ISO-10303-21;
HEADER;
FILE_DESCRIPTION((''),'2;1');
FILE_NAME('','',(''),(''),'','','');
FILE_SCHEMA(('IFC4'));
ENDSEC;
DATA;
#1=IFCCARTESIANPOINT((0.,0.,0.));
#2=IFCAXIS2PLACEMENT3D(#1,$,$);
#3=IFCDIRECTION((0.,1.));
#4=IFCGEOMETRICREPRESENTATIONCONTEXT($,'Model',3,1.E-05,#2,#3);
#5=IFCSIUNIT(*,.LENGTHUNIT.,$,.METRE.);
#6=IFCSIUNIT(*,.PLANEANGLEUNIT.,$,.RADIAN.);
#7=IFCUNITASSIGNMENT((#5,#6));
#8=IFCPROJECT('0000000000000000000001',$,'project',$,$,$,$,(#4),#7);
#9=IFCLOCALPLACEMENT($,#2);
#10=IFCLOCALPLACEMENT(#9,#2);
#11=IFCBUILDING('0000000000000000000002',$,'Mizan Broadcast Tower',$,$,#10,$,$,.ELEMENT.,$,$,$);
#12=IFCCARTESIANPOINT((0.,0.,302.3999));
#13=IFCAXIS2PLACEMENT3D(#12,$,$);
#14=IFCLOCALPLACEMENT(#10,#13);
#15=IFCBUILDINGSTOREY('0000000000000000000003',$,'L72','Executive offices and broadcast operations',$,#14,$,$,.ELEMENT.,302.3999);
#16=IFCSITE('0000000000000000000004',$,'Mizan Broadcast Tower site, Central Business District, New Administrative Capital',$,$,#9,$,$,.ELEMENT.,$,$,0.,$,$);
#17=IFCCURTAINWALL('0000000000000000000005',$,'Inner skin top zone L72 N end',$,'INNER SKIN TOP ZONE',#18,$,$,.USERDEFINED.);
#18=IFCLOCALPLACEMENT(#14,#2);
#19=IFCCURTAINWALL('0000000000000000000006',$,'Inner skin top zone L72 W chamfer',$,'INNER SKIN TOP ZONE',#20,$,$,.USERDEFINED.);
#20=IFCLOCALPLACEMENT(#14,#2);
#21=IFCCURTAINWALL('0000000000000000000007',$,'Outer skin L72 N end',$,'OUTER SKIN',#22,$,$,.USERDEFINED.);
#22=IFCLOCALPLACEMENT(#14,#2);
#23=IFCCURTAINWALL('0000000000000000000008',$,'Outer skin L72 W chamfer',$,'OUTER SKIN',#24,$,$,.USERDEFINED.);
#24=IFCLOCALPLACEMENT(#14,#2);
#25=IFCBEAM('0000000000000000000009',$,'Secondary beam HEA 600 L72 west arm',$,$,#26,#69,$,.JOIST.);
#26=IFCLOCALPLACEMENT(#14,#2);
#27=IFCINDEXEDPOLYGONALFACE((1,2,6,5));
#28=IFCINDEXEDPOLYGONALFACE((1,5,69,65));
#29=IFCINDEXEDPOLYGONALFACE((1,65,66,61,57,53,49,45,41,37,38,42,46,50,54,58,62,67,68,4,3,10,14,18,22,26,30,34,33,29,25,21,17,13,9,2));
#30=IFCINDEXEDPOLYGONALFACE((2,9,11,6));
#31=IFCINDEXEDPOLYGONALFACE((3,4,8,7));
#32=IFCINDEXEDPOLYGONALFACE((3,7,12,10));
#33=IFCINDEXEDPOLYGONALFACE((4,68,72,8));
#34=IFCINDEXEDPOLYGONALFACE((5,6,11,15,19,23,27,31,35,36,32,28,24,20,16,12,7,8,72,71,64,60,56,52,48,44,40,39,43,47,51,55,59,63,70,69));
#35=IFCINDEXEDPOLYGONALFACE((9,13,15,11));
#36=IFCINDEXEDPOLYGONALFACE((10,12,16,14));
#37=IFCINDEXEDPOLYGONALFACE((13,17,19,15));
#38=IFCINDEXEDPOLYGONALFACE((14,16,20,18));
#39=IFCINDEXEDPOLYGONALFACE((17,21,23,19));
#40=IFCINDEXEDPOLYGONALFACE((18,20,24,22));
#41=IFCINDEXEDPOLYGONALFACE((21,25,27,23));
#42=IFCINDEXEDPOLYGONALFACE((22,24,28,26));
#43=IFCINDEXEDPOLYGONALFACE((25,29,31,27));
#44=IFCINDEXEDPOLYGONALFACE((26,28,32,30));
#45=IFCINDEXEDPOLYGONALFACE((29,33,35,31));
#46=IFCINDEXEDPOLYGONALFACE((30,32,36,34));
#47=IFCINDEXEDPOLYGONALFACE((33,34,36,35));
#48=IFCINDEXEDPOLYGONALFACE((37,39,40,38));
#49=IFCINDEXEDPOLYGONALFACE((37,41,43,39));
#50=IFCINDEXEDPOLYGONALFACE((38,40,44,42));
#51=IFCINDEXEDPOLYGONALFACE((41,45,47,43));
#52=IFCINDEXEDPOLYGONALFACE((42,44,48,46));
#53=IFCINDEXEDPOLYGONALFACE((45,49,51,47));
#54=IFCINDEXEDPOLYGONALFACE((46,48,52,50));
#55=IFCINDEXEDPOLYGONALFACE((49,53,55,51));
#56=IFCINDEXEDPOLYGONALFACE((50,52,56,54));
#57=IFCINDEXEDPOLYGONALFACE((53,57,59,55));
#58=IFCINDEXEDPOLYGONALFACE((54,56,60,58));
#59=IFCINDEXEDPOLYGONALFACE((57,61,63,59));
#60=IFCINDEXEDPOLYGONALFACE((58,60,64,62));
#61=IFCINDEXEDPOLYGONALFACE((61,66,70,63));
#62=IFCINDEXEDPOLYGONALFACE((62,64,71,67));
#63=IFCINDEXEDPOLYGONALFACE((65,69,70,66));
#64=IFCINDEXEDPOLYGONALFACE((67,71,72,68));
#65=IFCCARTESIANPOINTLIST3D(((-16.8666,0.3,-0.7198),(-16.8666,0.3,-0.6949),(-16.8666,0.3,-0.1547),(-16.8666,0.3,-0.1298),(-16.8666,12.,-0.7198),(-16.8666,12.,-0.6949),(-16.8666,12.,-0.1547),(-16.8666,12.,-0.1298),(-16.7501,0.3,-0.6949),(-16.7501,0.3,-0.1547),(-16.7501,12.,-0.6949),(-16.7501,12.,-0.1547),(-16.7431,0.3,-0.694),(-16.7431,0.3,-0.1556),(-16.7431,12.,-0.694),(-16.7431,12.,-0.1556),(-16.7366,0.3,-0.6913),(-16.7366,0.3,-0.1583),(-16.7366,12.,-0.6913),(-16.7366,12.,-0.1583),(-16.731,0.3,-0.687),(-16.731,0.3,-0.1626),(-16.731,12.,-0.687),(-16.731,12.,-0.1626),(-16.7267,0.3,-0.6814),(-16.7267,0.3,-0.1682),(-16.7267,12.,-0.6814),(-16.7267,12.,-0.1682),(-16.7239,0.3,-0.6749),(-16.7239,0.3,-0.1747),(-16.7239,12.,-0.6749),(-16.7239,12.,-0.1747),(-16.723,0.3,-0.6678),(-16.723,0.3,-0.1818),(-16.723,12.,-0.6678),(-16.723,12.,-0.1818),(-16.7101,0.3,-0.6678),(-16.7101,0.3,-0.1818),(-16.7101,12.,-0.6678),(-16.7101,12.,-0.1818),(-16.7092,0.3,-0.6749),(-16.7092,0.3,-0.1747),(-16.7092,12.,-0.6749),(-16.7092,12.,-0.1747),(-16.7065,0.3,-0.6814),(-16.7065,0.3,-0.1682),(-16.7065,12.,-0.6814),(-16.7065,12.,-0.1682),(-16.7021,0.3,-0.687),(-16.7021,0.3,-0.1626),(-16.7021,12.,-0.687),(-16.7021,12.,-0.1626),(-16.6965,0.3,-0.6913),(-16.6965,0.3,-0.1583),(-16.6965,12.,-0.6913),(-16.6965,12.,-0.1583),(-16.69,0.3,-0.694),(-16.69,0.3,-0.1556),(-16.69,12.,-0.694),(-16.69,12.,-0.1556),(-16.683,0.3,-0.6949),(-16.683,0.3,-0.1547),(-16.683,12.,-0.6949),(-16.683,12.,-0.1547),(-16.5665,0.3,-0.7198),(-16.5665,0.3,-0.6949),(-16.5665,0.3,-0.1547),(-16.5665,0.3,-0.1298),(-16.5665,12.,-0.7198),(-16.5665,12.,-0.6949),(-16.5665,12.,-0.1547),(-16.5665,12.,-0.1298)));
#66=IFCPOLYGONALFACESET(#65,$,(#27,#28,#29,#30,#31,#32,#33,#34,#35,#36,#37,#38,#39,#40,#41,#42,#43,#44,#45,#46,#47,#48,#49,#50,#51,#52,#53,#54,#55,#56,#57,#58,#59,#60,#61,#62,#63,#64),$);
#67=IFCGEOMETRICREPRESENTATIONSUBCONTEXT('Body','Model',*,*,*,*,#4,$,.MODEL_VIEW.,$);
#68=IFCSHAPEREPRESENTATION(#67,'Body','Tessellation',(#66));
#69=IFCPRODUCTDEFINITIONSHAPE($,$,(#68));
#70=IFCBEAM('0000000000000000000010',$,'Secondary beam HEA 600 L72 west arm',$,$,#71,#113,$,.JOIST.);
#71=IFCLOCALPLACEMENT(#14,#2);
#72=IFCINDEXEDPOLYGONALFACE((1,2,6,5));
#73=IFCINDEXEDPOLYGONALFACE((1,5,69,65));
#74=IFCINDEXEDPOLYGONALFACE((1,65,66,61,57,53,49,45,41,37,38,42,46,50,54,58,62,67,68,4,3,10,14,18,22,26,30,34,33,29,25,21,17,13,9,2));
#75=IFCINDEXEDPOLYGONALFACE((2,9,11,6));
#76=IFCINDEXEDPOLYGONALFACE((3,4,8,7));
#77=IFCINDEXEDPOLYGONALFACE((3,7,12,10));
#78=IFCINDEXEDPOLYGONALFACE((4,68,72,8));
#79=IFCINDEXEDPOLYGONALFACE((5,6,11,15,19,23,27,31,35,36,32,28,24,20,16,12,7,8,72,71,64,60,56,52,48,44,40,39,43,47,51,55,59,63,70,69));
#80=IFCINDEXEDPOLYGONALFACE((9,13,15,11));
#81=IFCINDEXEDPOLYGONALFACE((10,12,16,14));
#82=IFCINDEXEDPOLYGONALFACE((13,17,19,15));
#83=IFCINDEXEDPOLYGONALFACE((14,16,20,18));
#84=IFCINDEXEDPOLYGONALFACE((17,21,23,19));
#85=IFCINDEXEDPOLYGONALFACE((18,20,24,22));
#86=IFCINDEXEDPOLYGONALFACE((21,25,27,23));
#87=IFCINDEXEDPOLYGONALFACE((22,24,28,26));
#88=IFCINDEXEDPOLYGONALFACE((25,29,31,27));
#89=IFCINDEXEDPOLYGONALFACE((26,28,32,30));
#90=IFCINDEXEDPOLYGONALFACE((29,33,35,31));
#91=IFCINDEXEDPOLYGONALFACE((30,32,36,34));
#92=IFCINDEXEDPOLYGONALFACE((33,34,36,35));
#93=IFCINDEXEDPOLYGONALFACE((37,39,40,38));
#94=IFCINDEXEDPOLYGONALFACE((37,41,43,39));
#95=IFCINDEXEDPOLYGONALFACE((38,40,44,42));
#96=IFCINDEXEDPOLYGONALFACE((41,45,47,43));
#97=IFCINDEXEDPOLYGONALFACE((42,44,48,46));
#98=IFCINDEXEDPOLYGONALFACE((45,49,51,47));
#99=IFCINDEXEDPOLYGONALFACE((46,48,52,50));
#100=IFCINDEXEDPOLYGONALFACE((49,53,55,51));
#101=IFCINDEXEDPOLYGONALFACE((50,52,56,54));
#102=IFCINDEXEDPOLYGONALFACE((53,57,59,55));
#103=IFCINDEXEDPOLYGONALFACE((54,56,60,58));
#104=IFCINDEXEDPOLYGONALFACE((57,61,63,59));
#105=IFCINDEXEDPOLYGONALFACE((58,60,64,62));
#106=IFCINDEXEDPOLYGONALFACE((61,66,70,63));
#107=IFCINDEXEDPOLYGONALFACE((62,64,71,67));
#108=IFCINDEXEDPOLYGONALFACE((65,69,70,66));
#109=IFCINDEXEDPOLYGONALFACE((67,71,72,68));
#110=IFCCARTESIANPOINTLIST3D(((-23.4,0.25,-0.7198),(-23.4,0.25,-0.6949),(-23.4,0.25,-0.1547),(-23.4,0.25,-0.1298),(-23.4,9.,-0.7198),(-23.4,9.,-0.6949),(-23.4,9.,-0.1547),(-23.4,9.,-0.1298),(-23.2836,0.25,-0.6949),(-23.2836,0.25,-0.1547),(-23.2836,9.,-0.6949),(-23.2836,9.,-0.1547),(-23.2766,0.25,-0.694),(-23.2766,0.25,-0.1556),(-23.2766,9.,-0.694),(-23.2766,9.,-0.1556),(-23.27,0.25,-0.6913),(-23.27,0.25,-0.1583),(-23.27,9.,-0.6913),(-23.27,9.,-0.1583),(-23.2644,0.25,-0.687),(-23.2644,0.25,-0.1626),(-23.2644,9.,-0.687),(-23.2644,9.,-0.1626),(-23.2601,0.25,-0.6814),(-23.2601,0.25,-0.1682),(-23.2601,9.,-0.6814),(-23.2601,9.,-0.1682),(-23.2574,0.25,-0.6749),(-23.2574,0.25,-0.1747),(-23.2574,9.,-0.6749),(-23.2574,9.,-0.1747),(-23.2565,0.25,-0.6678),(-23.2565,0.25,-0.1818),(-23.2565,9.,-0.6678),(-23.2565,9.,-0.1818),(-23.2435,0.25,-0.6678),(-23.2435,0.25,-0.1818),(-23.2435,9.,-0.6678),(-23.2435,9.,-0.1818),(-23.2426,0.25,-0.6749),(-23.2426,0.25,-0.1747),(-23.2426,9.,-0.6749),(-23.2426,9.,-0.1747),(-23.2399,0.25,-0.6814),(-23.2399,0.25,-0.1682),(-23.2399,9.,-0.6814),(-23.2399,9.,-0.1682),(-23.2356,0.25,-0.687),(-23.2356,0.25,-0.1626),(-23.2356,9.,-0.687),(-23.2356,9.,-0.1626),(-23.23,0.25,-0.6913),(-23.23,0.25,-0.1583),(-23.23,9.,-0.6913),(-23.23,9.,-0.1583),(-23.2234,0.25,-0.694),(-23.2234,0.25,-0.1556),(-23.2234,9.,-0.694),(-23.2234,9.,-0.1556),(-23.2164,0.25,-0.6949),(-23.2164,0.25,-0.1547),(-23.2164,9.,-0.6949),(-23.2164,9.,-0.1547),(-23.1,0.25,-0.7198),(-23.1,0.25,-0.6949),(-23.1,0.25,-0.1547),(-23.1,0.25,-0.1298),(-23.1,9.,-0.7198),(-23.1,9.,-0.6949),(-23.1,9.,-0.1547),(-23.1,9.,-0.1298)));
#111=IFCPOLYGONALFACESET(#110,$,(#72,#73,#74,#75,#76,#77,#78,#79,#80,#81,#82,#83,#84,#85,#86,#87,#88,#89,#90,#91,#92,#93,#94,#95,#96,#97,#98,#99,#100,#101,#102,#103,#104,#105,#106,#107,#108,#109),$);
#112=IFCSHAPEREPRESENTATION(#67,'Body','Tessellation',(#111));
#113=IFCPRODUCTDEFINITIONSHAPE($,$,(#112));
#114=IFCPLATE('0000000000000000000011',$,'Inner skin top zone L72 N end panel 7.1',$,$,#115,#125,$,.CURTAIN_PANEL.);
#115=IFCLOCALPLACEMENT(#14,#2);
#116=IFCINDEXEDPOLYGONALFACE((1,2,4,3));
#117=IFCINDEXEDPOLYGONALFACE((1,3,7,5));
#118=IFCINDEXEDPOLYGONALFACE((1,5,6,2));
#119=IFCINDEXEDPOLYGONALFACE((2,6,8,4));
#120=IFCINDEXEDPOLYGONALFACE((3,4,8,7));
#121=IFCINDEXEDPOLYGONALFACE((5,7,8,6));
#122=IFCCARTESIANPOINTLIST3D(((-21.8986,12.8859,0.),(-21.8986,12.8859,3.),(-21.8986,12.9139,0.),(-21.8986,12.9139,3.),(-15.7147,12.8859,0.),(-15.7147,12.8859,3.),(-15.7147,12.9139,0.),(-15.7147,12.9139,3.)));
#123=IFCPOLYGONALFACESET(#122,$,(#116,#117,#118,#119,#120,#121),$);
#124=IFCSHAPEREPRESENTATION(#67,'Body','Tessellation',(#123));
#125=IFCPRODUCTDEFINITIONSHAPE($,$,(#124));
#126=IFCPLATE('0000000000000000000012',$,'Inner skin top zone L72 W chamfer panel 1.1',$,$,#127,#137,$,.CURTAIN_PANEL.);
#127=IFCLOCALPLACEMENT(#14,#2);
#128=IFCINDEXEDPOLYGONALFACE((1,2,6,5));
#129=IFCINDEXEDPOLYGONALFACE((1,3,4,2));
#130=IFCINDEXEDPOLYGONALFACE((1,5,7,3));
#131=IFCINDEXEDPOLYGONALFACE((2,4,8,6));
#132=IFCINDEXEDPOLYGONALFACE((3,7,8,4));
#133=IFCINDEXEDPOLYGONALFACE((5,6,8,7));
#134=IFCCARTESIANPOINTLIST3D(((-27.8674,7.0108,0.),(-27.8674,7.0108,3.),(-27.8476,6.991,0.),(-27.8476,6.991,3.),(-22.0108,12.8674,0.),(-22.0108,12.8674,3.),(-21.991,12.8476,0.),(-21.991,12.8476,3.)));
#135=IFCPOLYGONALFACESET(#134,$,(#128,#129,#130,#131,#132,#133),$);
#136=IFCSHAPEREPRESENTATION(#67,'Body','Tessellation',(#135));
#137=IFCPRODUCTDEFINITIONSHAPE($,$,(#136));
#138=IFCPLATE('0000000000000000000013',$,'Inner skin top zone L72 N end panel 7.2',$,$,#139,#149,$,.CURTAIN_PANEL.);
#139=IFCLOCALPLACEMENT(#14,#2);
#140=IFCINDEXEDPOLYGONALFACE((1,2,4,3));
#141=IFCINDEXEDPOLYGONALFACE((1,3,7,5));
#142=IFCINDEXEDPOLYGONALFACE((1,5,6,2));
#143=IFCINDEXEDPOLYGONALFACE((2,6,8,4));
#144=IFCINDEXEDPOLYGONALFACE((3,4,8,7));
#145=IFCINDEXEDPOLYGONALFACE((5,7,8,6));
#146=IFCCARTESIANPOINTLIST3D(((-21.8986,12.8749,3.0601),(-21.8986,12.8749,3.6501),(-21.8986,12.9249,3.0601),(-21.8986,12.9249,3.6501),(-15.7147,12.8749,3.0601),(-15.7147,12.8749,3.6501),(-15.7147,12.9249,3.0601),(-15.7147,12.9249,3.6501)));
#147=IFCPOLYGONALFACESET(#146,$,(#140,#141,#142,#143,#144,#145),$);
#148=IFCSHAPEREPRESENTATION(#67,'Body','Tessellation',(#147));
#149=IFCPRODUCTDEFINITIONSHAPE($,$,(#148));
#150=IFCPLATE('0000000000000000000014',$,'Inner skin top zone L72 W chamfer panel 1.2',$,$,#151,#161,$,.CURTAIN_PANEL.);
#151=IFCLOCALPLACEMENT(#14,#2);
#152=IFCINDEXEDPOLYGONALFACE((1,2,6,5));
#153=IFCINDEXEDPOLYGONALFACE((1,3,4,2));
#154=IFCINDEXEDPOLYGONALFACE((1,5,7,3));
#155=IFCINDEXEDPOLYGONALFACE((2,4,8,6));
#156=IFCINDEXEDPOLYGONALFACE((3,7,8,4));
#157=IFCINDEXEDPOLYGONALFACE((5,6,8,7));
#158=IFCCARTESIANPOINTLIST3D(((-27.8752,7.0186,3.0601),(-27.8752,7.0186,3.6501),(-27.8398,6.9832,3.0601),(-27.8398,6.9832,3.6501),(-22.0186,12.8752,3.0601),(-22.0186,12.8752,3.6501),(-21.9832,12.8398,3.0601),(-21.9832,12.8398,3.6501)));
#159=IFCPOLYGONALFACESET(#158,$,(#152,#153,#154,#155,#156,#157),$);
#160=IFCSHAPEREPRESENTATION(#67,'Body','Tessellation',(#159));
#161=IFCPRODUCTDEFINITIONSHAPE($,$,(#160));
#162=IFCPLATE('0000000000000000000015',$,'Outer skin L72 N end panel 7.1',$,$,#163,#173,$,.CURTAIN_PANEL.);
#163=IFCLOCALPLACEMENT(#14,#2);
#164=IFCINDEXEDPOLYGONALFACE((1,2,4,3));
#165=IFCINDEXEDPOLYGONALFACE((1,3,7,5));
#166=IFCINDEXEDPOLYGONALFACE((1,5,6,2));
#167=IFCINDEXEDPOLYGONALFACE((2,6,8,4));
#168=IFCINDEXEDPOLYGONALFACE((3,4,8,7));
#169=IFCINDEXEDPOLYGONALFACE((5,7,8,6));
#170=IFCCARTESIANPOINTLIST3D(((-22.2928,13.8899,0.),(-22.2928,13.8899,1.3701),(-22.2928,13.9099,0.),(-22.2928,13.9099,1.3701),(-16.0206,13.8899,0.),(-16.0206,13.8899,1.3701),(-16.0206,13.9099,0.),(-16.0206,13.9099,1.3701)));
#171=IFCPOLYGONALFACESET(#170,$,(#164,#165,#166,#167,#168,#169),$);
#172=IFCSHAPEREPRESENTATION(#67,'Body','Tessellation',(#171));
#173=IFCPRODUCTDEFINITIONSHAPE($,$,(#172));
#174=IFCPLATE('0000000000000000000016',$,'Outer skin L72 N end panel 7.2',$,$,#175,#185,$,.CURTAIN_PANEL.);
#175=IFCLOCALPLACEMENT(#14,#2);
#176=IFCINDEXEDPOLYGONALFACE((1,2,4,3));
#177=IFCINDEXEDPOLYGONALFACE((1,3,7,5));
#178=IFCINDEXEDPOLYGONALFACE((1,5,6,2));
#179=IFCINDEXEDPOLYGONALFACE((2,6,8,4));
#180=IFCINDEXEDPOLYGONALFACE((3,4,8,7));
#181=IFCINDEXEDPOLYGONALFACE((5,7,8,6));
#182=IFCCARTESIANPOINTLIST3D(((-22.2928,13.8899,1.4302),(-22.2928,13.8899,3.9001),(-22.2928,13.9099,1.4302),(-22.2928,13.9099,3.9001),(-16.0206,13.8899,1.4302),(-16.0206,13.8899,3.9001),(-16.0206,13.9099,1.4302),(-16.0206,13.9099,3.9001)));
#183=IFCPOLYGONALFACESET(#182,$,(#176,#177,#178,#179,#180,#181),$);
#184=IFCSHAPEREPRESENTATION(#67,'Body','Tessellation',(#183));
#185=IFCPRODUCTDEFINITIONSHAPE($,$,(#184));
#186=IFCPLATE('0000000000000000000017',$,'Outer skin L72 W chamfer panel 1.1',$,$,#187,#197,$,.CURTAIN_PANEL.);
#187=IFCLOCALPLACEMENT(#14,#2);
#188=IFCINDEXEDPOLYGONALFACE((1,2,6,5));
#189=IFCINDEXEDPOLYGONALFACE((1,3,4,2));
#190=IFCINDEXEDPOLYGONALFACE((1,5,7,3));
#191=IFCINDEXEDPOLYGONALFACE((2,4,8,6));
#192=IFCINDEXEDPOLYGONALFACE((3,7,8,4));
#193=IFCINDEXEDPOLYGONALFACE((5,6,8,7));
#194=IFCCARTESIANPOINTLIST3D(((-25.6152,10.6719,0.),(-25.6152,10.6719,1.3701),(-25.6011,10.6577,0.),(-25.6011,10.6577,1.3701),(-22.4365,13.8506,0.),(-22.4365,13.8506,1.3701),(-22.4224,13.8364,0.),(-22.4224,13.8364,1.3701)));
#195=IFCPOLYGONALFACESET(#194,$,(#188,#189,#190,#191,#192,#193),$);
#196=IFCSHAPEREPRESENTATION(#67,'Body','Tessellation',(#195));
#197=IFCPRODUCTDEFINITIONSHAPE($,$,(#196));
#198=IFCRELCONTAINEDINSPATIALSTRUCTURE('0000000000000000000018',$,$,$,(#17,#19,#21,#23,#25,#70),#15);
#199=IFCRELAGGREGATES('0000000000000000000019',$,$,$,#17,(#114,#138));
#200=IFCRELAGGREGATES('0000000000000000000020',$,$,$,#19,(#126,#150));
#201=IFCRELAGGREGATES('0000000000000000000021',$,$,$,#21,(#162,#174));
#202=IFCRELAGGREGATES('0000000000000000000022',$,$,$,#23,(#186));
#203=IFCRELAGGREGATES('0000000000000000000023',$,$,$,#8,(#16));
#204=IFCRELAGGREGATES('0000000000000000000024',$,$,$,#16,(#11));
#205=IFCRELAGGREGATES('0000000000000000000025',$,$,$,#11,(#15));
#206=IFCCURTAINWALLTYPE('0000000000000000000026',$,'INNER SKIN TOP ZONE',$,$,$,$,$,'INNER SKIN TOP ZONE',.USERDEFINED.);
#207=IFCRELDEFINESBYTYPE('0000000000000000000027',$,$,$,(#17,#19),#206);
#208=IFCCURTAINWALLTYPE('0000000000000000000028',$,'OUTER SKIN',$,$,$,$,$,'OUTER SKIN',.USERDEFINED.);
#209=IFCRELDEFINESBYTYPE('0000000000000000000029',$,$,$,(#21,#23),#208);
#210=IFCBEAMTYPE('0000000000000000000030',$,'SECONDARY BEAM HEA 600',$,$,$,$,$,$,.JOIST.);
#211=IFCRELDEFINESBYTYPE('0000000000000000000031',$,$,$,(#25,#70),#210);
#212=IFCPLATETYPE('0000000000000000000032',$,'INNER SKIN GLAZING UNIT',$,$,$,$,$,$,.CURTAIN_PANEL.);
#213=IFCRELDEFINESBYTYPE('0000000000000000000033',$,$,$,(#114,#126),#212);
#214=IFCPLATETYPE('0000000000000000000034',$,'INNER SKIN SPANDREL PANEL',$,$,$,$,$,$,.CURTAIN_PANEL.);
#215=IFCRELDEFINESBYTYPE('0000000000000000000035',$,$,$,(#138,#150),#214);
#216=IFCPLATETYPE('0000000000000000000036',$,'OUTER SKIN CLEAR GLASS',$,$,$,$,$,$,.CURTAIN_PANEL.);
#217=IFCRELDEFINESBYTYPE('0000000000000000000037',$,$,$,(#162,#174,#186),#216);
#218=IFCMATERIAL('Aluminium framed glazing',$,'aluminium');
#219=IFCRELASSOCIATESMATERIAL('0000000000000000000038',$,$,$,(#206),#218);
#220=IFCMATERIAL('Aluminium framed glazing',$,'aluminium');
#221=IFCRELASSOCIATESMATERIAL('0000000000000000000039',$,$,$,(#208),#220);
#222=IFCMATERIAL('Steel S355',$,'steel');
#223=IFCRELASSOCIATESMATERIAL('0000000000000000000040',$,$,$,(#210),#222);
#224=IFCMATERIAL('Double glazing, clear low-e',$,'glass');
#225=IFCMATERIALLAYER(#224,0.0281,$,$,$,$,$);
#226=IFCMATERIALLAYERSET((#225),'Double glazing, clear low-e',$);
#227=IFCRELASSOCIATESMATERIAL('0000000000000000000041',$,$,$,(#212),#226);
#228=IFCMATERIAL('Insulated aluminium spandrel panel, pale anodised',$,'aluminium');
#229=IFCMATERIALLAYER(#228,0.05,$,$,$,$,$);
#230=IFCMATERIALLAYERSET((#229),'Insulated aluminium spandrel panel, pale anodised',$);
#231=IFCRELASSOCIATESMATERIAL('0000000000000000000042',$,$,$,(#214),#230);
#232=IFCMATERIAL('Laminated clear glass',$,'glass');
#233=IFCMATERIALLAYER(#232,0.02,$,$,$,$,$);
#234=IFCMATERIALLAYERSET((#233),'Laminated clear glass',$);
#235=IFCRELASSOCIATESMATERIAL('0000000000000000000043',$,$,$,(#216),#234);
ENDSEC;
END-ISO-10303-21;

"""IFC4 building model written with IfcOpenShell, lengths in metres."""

from ifc_helpers import new_model, si_unit, direction, frame, origin, origin_2d, place, context, subcontext, project, spatial, rectangle, i_section, extrude, material, layer, layer_set, material_profile, profile_set, type_object, element, aggregate, save


model = new_model("IFC4")

# Units and contexts
model_context = context("Model", 3, precision=1e-05, world=origin(), true_north=direction((0.0, 1.0)))
body_context = subcontext(model_context, "Body", "Model", "MODEL_VIEW")
ifc_project = project(units=[si_unit("LENGTHUNIT", "METRE"), si_unit("PLANEANGLEUNIT", "RADIAN")], contexts=[model_context])

# Site, building, storey
site_placement = place(None, origin())
site = spatial("IfcSite", under=ifc_project, at=site_placement, Name="Mizan Broadcast Tower site, Central Business District, New Administrative Capital", CompositionType="ELEMENT", RefElevation=0.0)
building_placement = place(site_placement, origin())
building = spatial("IfcBuilding", under=site, at=building_placement, Name="Mizan Broadcast Tower", CompositionType="ELEMENT")
storey_placement = place(building_placement, frame((0.0, 0.0, 302.3999)))
storey = spatial("IfcBuildingStorey", under=building, at=storey_placement, Name="L72", Description="Executive offices and broadcast operations", CompositionType="ELEMENT", Elevation=302.3999)

# Curtain walls
ifc_material_1 = material(Name="Aluminium framed glazing", Category="aluminium")
curtain_wall_type_1 = type_object("IfcCurtainWallType", Name="INNER SKIN TOP ZONE", ElementType="INNER SKIN TOP ZONE", PredefinedType="USERDEFINED", material=ifc_material_1)
curtain_wall_1_placement = place(storey_placement, origin())
curtain_wall_1 = element("IfcCurtainWall", 1, at=curtain_wall_1_placement, inside=storey, type_object=curtain_wall_type_1, Name="Inner skin top zone L72 N end", ObjectType="INNER SKIN TOP ZONE", PredefinedType="USERDEFINED")
curtain_wall_2_placement = place(storey_placement, origin())
curtain_wall_2 = element("IfcCurtainWall", 2, at=curtain_wall_2_placement, inside=storey, type_object=curtain_wall_type_1, Name="Inner skin top zone L72 W chamfer", ObjectType="INNER SKIN TOP ZONE", PredefinedType="USERDEFINED")
ifc_material_2 = material(Name="Aluminium framed glazing", Category="aluminium")
curtain_wall_type_2 = type_object("IfcCurtainWallType", Name="OUTER SKIN", ElementType="OUTER SKIN", PredefinedType="USERDEFINED", material=ifc_material_2)
curtain_wall_3_placement = place(storey_placement, origin())
curtain_wall_3 = element("IfcCurtainWall", 3, at=curtain_wall_3_placement, inside=storey, type_object=curtain_wall_type_2, Name="Outer skin L72 N end", ObjectType="OUTER SKIN", PredefinedType="USERDEFINED")

# Curtain wall
curtain_wall_4_placement = place(storey_placement, origin())
curtain_wall_4 = element("IfcCurtainWall", 4, at=curtain_wall_4_placement, inside=storey, type_object=curtain_wall_type_2, Name="Outer skin L72 W chamfer", ObjectType="OUTER SKIN", PredefinedType="USERDEFINED")

# Beams
ifc_material_3 = material(Name="Steel S355", Category="steel")
ifc_material_profile_1 = material_profile(ifc_material_3, i_section(OverallWidth=0.3, OverallDepth=0.5901, WebThickness=0.0129, FlangeThickness=0.0249, FilletRadius=0.0271, at=origin_2d()), Name="HEA 600")
ifc_profile_set_1 = profile_set([ifc_material_profile_1], Name="Steel S355")
beam_type_1 = type_object("IfcBeamType", Name="SECONDARY BEAM HEA 600", PredefinedType="JOIST", material=ifc_profile_set_1)
beam_1_placement = place(storey_placement, frame((-16.7166, 12.0, -0.4248), z_axis=(0.0, -1.0, 0.0), x_axis=(1.0, 0.0, 0.0)))
element("IfcBeam", 5, at=beam_1_placement, inside=storey, type_object=beam_type_1, Name="Secondary beam HEA 600 L72 west arm", PredefinedType="JOIST", context=body_context, shape_type="SweptSolid", body=[
    extrude(i_section(OverallWidth=0.3, OverallDepth=0.5901, WebThickness=0.0129, FlangeThickness=0.0249, FilletRadius=0.0271, at=origin_2d()), origin(), (0.0, 0.0, 1.0), 11.7),
])
beam_2_placement = place(storey_placement, frame((-23.25, 9.0, -0.4248), z_axis=(0.0, -1.0, 0.0), x_axis=(1.0, 0.0, 0.0)))
element("IfcBeam", 6, at=beam_2_placement, inside=storey, type_object=beam_type_1, Name="Secondary beam HEA 600 L72 west arm", PredefinedType="JOIST", context=body_context, shape_type="SweptSolid", body=[
    extrude(i_section(OverallWidth=0.3, OverallDepth=0.5901, WebThickness=0.0129, FlangeThickness=0.0249, FilletRadius=0.0271, at=origin_2d()), origin(), (0.0, 0.0, 1.0), 8.75),
])

# Plates
ifc_material_4 = material(Name="Double glazing, clear low-e", Category="glass")
ifc_layer_1 = layer(ifc_material_4, 0.0281)
ifc_layer_set_1 = layer_set([ifc_layer_1], Name="Double glazing, clear low-e")
plate_type_1 = type_object("IfcPlateType", Name="INNER SKIN GLAZING UNIT", PredefinedType="CURTAIN_PANEL", material=ifc_layer_set_1)
plate_1_placement = place(storey_placement, frame((-18.8066, 12.8999, 0.0), z_axis=(0.0, 0.0, 1.0), x_axis=(-1.0, 0.0, 0.0)))
plate_1 = element("IfcPlate", 7, at=plate_1_placement, type_object=plate_type_1, Name="Inner skin top zone L72 N end panel 7.1", PredefinedType="CURTAIN_PANEL", context=body_context, shape_type="SweptSolid", body=[
    extrude(rectangle(XDim=6.1838, YDim=0.0281, at=origin_2d()), origin(), (0.0, 0.0, 1.0), 3.0),
])
plate_2_placement = place(storey_placement, frame((-24.9292, 9.9292, 0.0), z_axis=(0.0, 0.0, 1.0), x_axis=(-0.707107, -0.707107, 0.0)))
plate_2 = element("IfcPlate", 8, at=plate_2_placement, type_object=plate_type_1, Name="Inner skin top zone L72 W chamfer panel 1.1", PredefinedType="CURTAIN_PANEL", context=body_context, shape_type="SweptSolid", body=[
    extrude(rectangle(XDim=8.2825, YDim=0.0281, at=origin_2d()), origin(), (0.0, 0.0, 1.0), 3.0),
])
ifc_material_5 = material(Name="Insulated aluminium spandrel panel, pale anodised", Category="aluminium")
ifc_layer_2 = layer(ifc_material_5, 0.05)
ifc_layer_set_2 = layer_set([ifc_layer_2], Name="Insulated aluminium spandrel panel, pale anodised")
plate_type_2 = type_object("IfcPlateType", Name="INNER SKIN SPANDREL PANEL", PredefinedType="CURTAIN_PANEL", material=ifc_layer_set_2)
plate_3_placement = place(storey_placement, frame((-18.8066, 12.8999, 3.0601), z_axis=(0.0, 0.0, 1.0), x_axis=(-1.0, 0.0, 0.0)))
plate_3 = element("IfcPlate", 9, at=plate_3_placement, type_object=plate_type_2, Name="Inner skin top zone L72 N end panel 7.2", PredefinedType="CURTAIN_PANEL", context=body_context, shape_type="SweptSolid", body=[
    extrude(rectangle(XDim=6.1838, YDim=0.05, at=origin_2d()), origin(), (0.0, 0.0, 1.0), 0.5901),
])
aggregate(curtain_wall_1, [plate_1, plate_3])
plate_4_placement = place(storey_placement, frame((-24.9292, 9.9292, 3.0601), z_axis=(0.0, 0.0, 1.0), x_axis=(-0.707107, -0.707107, 0.0)))
plate_4 = element("IfcPlate", 10, at=plate_4_placement, type_object=plate_type_2, Name="Inner skin top zone L72 W chamfer panel 1.2", PredefinedType="CURTAIN_PANEL", context=body_context, shape_type="SweptSolid", body=[
    extrude(rectangle(XDim=8.2825, YDim=0.05, at=origin_2d()), origin(), (0.0, 0.0, 1.0), 0.5901),
])
aggregate(curtain_wall_2, [plate_2, plate_4])
ifc_material_6 = material(Name="Laminated clear glass", Category="glass")
ifc_layer_3 = layer(ifc_material_6, 0.02)
ifc_layer_set_3 = layer_set([ifc_layer_3], Name="Laminated clear glass")
plate_type_3 = type_object("IfcPlateType", Name="OUTER SKIN CLEAR GLASS", PredefinedType="CURTAIN_PANEL", material=ifc_layer_set_3)
plate_5_placement = place(storey_placement, frame((-19.1567, 13.8999, 0.0), z_axis=(0.0, 0.0, 1.0), x_axis=(-1.0, 0.0, 0.0)))
plate_5 = element("IfcPlate", 11, at=plate_5_placement, type_object=plate_type_3, Name="Outer skin L72 N end panel 7.1", PredefinedType="CURTAIN_PANEL", context=body_context, shape_type="SweptSolid", body=[
    extrude(rectangle(XDim=6.2722, YDim=0.02, at=origin_2d()), origin(), (0.0, 0.0, 1.0), 1.3701),
])
plate_6_placement = place(storey_placement, frame((-19.1567, 13.8999, 1.4302), z_axis=(0.0, 0.0, 1.0), x_axis=(-1.0, 0.0, 0.0)))
plate_6 = element("IfcPlate", 12, at=plate_6_placement, type_object=plate_type_3, Name="Outer skin L72 N end panel 7.2", PredefinedType="CURTAIN_PANEL", context=body_context, shape_type="SweptSolid", body=[
    extrude(rectangle(XDim=6.2722, YDim=0.02, at=origin_2d()), origin(), (0.0, 0.0, 1.0), 2.47),
])
aggregate(curtain_wall_3, [plate_5, plate_6])
plate_7_placement = place(storey_placement, frame((-24.0188, 12.2542, 0.0), z_axis=(0.0, 0.0, 1.0), x_axis=(-0.707107, -0.707107, 0.0)))
plate_7 = element("IfcPlate", 13, at=plate_7_placement, type_object=plate_type_3, Name="Outer skin L72 W chamfer panel 1.1", PredefinedType="CURTAIN_PANEL", context=body_context, shape_type="SweptSolid", body=[
    extrude(rectangle(XDim=4.4954, YDim=0.02, at=origin_2d()), origin(), (0.0, 0.0, 1.0), 1.3701),
])
aggregate(curtain_wall_4, [plate_7])

save(model, "model.ifc")
